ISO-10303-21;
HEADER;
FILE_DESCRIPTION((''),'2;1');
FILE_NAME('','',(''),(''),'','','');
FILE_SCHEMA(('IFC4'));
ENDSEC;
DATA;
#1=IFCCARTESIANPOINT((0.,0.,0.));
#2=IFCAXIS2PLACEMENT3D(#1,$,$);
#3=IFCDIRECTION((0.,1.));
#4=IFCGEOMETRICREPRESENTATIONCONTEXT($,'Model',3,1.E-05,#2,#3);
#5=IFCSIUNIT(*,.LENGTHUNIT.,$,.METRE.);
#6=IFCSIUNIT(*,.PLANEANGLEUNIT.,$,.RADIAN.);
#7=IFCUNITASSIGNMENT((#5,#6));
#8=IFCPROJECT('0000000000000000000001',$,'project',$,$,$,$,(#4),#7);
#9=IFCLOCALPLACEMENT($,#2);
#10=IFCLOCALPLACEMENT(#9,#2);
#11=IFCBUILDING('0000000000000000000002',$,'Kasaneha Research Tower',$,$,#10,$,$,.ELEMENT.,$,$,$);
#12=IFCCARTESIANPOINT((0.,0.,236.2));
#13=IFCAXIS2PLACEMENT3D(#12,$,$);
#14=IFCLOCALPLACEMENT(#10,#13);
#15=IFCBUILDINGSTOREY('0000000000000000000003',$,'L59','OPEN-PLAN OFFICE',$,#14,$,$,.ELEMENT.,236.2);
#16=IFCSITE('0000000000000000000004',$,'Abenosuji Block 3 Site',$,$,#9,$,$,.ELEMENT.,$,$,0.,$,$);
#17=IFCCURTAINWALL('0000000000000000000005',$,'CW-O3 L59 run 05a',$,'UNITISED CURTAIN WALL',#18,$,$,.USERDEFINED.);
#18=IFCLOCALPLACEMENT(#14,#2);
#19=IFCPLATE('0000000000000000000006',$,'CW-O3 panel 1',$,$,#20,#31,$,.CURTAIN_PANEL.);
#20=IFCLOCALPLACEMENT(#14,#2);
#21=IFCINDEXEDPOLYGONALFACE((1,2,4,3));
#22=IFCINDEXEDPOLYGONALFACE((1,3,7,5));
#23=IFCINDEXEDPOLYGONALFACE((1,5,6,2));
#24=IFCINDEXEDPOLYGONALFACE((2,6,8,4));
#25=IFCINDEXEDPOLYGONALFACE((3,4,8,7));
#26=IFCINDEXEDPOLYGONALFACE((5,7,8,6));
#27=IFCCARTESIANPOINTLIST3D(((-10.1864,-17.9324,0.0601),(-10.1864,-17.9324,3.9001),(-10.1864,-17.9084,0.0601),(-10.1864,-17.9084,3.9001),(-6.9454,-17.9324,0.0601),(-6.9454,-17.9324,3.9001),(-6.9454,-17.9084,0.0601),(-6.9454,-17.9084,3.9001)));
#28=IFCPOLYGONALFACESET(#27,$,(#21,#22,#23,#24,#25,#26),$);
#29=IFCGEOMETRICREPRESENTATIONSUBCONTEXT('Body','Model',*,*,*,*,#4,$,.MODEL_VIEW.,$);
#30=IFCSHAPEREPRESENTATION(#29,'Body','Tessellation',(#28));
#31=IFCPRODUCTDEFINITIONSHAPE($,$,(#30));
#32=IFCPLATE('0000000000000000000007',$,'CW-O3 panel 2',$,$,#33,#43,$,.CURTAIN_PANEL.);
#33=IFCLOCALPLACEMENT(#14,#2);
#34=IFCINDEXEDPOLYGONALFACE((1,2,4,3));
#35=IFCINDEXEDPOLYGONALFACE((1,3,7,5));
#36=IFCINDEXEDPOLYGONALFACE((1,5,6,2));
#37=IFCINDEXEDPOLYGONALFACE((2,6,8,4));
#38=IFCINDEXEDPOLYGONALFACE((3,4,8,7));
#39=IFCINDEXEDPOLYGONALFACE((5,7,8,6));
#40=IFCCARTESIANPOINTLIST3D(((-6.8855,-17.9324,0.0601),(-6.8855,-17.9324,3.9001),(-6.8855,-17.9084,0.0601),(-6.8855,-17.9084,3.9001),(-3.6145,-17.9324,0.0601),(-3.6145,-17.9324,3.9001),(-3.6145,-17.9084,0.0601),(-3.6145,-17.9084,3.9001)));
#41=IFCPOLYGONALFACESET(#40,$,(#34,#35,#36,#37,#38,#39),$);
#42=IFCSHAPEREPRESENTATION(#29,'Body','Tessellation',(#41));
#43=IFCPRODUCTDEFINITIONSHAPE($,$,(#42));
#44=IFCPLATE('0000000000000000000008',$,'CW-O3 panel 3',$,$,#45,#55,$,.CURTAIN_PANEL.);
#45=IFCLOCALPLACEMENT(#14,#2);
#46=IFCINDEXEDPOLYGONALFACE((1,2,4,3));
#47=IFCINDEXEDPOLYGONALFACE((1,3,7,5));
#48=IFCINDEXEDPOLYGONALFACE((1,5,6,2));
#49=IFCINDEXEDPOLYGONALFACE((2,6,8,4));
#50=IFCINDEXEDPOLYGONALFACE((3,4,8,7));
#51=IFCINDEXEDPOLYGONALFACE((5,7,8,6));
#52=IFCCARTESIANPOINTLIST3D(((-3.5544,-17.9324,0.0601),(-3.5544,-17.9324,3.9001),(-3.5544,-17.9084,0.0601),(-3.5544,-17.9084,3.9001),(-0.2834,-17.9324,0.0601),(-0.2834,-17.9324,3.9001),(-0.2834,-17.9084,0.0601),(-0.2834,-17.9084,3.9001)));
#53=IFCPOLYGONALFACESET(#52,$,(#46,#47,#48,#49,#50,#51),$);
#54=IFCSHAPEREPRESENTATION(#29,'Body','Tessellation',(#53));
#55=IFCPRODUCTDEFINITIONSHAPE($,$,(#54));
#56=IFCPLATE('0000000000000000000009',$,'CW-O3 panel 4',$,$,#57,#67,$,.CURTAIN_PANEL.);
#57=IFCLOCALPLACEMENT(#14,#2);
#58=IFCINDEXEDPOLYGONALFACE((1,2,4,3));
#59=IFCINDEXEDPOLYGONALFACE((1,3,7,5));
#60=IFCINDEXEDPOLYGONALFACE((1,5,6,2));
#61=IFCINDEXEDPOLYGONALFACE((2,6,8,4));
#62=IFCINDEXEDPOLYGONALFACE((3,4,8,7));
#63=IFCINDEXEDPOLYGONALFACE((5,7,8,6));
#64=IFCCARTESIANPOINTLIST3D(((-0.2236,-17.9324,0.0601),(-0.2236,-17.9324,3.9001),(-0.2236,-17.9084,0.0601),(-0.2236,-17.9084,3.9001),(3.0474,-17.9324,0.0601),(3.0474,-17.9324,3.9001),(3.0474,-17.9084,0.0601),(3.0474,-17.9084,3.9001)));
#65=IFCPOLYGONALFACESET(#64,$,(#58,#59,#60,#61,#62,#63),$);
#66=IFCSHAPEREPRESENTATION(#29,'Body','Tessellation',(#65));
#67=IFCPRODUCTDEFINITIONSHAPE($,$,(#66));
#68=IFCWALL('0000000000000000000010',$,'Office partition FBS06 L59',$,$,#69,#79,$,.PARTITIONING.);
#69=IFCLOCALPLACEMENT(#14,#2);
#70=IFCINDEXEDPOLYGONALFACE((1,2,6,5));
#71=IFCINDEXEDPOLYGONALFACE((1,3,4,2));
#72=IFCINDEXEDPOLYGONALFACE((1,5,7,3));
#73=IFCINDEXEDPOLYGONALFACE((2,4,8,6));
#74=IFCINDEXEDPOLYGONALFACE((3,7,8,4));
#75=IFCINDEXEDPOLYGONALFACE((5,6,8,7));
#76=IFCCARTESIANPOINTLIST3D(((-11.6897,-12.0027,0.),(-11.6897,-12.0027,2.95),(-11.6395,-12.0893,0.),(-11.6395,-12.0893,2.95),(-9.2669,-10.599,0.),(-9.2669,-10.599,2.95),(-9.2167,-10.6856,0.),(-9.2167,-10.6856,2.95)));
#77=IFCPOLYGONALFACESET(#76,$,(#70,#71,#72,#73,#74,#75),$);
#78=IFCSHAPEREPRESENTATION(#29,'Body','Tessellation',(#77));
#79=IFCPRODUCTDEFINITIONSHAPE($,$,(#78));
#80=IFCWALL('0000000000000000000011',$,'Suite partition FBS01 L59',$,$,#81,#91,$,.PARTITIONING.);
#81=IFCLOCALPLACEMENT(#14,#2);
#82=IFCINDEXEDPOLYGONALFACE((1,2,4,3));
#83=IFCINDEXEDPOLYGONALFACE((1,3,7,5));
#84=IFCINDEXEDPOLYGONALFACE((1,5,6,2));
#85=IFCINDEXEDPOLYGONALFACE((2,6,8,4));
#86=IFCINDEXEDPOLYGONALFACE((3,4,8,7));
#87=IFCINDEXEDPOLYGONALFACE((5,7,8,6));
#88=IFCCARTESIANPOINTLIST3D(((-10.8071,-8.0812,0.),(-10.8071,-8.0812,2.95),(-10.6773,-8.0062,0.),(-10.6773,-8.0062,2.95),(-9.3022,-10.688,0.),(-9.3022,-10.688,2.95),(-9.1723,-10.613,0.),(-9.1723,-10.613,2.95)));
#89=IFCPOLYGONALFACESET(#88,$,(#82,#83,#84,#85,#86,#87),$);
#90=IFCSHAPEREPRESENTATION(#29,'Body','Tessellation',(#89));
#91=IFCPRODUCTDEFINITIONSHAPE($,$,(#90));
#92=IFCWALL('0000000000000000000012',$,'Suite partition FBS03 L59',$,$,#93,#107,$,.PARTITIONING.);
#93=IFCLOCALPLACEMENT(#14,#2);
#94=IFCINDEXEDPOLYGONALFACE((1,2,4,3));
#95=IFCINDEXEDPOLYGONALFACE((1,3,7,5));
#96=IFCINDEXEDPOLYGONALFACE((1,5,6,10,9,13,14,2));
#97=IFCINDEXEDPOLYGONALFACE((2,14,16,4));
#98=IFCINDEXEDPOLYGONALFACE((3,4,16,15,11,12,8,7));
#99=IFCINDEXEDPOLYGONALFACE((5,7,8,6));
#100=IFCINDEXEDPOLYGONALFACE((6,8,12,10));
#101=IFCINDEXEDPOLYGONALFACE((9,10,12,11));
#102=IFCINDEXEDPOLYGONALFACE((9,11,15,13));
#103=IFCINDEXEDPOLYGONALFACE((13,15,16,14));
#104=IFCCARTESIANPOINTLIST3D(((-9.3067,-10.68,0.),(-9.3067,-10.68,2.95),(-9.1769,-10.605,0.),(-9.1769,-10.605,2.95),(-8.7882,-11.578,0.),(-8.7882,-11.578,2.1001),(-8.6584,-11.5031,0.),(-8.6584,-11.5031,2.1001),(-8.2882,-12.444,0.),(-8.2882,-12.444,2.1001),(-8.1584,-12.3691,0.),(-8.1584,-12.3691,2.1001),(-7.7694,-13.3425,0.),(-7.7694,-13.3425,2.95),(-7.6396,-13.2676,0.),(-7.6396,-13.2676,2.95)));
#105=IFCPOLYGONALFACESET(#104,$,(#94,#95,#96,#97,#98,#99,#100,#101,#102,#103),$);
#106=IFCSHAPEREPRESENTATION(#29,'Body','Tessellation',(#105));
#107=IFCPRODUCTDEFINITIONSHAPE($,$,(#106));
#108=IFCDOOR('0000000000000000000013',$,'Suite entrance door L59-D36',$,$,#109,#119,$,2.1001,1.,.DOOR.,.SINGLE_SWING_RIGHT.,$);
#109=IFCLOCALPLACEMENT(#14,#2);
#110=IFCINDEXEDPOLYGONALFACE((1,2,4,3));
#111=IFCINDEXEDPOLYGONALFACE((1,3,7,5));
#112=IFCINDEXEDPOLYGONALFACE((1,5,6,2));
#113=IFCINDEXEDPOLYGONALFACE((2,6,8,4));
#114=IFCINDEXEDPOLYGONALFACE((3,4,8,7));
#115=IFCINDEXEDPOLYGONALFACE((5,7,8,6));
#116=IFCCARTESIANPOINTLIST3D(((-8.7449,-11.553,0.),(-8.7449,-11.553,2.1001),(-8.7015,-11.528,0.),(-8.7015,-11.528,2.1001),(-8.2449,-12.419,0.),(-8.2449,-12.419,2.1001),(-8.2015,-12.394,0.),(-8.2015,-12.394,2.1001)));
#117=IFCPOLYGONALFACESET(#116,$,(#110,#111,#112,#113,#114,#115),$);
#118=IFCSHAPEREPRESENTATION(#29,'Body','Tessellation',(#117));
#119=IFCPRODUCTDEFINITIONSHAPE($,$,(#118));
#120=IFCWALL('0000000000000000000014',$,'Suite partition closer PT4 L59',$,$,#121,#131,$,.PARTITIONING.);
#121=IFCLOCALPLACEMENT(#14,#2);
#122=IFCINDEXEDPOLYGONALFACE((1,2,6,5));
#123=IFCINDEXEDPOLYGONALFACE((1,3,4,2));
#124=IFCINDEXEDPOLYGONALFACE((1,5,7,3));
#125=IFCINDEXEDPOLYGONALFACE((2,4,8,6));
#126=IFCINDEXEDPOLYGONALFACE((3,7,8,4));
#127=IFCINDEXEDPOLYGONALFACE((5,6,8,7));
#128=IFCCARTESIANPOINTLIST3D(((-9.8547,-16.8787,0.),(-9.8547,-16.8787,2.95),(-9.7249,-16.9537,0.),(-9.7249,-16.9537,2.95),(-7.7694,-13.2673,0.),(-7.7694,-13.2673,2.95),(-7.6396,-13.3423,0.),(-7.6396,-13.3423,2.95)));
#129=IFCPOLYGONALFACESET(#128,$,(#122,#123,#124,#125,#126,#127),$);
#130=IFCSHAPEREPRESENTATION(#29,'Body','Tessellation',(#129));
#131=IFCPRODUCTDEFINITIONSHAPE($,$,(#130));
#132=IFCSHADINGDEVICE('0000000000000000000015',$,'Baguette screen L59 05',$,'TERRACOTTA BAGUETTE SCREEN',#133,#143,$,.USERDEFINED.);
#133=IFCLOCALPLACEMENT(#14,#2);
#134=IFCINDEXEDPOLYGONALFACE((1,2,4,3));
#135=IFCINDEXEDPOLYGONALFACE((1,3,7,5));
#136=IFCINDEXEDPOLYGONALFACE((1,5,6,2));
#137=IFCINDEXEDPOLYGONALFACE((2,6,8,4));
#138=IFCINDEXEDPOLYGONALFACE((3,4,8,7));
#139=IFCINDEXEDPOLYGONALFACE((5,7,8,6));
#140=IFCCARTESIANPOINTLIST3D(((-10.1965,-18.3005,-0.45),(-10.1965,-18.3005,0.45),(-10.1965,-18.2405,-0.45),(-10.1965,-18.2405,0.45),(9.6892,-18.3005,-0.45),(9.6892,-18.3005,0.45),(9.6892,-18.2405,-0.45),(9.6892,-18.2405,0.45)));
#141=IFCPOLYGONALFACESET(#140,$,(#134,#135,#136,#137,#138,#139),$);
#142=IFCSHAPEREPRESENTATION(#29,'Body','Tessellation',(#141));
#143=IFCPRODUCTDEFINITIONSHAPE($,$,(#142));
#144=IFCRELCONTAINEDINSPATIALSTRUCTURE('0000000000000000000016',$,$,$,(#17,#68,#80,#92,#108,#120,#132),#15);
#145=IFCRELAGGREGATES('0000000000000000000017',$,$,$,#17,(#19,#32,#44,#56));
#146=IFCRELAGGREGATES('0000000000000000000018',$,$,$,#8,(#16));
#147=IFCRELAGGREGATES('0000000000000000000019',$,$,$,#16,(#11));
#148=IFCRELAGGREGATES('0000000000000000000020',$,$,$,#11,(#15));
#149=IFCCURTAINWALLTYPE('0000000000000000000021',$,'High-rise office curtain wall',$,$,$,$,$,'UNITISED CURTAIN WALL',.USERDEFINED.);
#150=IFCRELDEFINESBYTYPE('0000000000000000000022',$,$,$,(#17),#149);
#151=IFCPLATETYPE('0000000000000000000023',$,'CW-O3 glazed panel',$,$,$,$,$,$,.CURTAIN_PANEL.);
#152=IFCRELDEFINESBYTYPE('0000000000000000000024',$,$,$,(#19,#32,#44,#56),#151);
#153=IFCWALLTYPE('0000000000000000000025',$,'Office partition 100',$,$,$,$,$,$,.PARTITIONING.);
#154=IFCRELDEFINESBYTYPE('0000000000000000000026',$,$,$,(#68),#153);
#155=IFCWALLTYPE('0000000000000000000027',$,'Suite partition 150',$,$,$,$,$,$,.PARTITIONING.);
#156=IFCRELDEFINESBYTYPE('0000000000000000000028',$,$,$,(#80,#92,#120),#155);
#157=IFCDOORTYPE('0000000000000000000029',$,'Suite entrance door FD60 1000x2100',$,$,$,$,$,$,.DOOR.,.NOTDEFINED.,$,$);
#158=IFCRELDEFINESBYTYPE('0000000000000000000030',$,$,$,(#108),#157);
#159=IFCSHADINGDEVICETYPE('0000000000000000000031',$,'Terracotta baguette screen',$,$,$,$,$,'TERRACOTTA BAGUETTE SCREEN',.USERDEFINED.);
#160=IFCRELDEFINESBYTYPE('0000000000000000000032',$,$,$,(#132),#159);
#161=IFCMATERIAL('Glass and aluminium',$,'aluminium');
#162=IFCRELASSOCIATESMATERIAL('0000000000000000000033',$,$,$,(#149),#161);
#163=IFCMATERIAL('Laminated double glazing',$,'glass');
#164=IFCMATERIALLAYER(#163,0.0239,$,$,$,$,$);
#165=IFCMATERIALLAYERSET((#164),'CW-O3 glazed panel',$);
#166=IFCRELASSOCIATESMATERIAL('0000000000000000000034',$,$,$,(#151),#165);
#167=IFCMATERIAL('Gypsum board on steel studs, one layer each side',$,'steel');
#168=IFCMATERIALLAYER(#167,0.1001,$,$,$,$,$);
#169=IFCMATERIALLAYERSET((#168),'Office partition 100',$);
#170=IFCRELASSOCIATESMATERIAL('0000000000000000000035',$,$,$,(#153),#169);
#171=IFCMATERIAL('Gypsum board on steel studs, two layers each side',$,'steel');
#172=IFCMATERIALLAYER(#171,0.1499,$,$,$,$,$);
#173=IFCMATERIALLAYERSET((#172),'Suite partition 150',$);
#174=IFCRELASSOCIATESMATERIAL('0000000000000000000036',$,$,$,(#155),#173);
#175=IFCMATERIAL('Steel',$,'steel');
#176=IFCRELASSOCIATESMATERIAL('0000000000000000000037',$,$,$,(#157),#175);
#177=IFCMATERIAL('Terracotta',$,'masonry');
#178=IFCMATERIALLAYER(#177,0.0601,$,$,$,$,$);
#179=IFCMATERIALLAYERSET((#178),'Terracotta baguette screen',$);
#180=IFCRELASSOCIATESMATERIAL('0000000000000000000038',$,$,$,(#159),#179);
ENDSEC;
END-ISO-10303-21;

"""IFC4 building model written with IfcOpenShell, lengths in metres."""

from ifc_helpers import new_model, si_unit, direction, frame, frame_2d, origin, origin_2d, place, context, subcontext, project, spatial, rectangle, extrude, material, layer, layer_set, type_object, element, fill, aggregate, save


model = new_model("IFC4")

# Units and contexts
model_context = context("Model", 3, precision=1e-05, world=origin(), true_north=direction((0.0, 1.0)))
body_context = subcontext(model_context, "Body", "Model", "MODEL_VIEW")
ifc_project = project(units=[si_unit("LENGTHUNIT", "METRE"), si_unit("PLANEANGLEUNIT", "RADIAN")], contexts=[model_context])

# Site, building, storey
site_placement = place(None, origin())
site = spatial("IfcSite", under=ifc_project, at=site_placement, Name="Abenosuji Block 3 Site", CompositionType="ELEMENT", RefElevation=0.0)
building_placement = place(site_placement, origin())
building = spatial("IfcBuilding", under=site, at=building_placement, Name="Kasaneha Research Tower", CompositionType="ELEMENT")
storey_placement = place(building_placement, frame((0.0, 0.0, 236.2)))
storey = spatial("IfcBuildingStorey", under=building, at=storey_placement, Name="L59", Description="OPEN-PLAN OFFICE", CompositionType="ELEMENT", Elevation=236.2)

# Curtain wall
ifc_material_1 = material(Name="Glass and aluminium", Category="aluminium")
curtain_wall_type = type_object("IfcCurtainWallType", Name="High-rise office curtain wall", ElementType="UNITISED CURTAIN WALL", PredefinedType="USERDEFINED", material=ifc_material_1)
curtain_wall_placement = place(storey_placement, origin())
curtain_wall = element("IfcCurtainWall", 1, at=curtain_wall_placement, inside=storey, type_object=curtain_wall_type, Name="CW-O3 L59 run 05a", ObjectType="UNITISED CURTAIN WALL", PredefinedType="USERDEFINED")

# Plates
ifc_material_2 = material(Name="Laminated double glazing", Category="glass")
ifc_layer_1 = layer(ifc_material_2, 0.0239)
ifc_layer_set_1 = layer_set([ifc_layer_1], Name="CW-O3 glazed panel")
plate_type = type_object("IfcPlateType", Name="CW-O3 glazed panel", PredefinedType="CURTAIN_PANEL", material=ifc_layer_set_1)
plate_1_placement = place(storey_placement, frame((-8.5659, -17.9204, 0.0601), z_axis=(0.0, 0.0, 1.0), x_axis=(1.0, 0.0, 0.0)))
plate_1 = element("IfcPlate", 2, at=plate_1_placement, type_object=plate_type, Name="CW-O3 panel 1", PredefinedType="CURTAIN_PANEL", context=body_context, shape_type="SweptSolid", body=[
    extrude(rectangle(XDim=3.241, YDim=0.0239, at=origin_2d()), origin(), (0.0, 0.0, 1.0), 3.8401),
])
plate_2_placement = place(storey_placement, frame((-5.25, -17.9204, 0.0601), z_axis=(0.0, 0.0, 1.0), x_axis=(1.0, 0.0, 0.0)))
plate_2 = element("IfcPlate", 3, at=plate_2_placement, type_object=plate_type, Name="CW-O3 panel 2", PredefinedType="CURTAIN_PANEL", context=body_context, shape_type="SweptSolid", body=[
    extrude(rectangle(XDim=3.271, YDim=0.0239, at=origin_2d()), origin(), (0.0, 0.0, 1.0), 3.8401),
])
plate_3_placement = place(storey_placement, frame((-1.9189, -17.9204, 0.0601), z_axis=(0.0, 0.0, 1.0), x_axis=(1.0, 0.0, 0.0)))
plate_3 = element("IfcPlate", 4, at=plate_3_placement, type_object=plate_type, Name="CW-O3 panel 3", PredefinedType="CURTAIN_PANEL", context=body_context, shape_type="SweptSolid", body=[
    extrude(rectangle(XDim=3.271, YDim=0.0239, at=origin_2d()), origin(), (0.0, 0.0, 1.0), 3.8401),
])
plate_4_placement = place(storey_placement, frame((1.4119, -17.9204, 0.0601), z_axis=(0.0, 0.0, 1.0), x_axis=(1.0, 0.0, 0.0)))
plate_4 = element("IfcPlate", 5, at=plate_4_placement, type_object=plate_type, Name="CW-O3 panel 4", PredefinedType="CURTAIN_PANEL", context=body_context, shape_type="SweptSolid", body=[
    extrude(rectangle(XDim=3.271, YDim=0.0239, at=origin_2d()), origin(), (0.0, 0.0, 1.0), 3.8401),
])
aggregate(curtain_wall, [plate_1, plate_2, plate_3, plate_4])

# Walls
ifc_material_3 = material(Name="Gypsum board on steel studs, one layer each side", Category="steel")
ifc_layer_2 = layer(ifc_material_3, 0.1001)
ifc_layer_set_2 = layer_set([ifc_layer_2], Name="Office partition 100")
wall_type_1 = type_object("IfcWallType", Name="Office partition 100", PredefinedType="PARTITIONING", material=ifc_layer_set_2)
wall_1_placement = place(storey_placement, frame((-9.2419, -10.6423, 0.0), z_axis=(0.0, 0.0, 1.0), x_axis=(-0.865255, -0.501332, 0.0)))
element("IfcWall", 6, at=wall_1_placement, inside=storey, type_object=wall_type_1, Name="Office partition FBS06 L59", PredefinedType="PARTITIONING", context=body_context, shape_type="SweptSolid", body=[
    extrude(rectangle(XDim=2.8, YDim=0.1001, at=frame_2d((1.3999, 0.0))), origin(), (0.0, 0.0, 1.0), 2.95),
])
ifc_material_4 = material(Name="Gypsum board on steel studs, two layers each side", Category="steel")
ifc_layer_3 = layer(ifc_material_4, 0.1499)
ifc_layer_set_3 = layer_set([ifc_layer_3], Name="Suite partition 150")
wall_type_2 = type_object("IfcWallType", Name="Suite partition 150", PredefinedType="PARTITIONING", material=ifc_layer_set_3)
wall_2_placement = place(storey_placement, frame((-9.2373, -10.6504, 0.0), z_axis=(0.0, 0.0, 1.0), x_axis=(-0.499978, 0.866038, 0.0)))
element("IfcWall", 7, at=wall_2_placement, inside=storey, type_object=wall_type_2, Name="Suite partition FBS01 L59", PredefinedType="PARTITIONING", context=body_context, shape_type="SweptSolid", body=[
    extrude(rectangle(XDim=3.01, YDim=0.1499, at=frame_2d((1.5049, 0.0))), origin(), (0.0, 0.0, 1.0), 2.95),
])

# Wall, opening, door
wall_3_placement = place(storey_placement, frame((-7.7046, -13.3049, 0.0), z_axis=(0.0, 0.0, 1.0), x_axis=(-0.500025, 0.866011, 0.0)))
wall_3 = element("IfcWall", 8, at=wall_3_placement, inside=storey, type_object=wall_type_2, Name="Suite partition FBS03 L59", PredefinedType="PARTITIONING", context=body_context, shape_type="SweptSolid", body=[
    extrude(rectangle(XDim=3.0745, YDim=0.1499, at=frame_2d((1.5371, 0.0))), origin(), (0.0, 0.0, 1.0), 2.95),
])
opening_1_placement = place(wall_3_placement, frame((1.0374, 0.0, 0.0)))
opening_1 = element("IfcOpeningElement", 9, at=opening_1_placement, cuts=wall_3, PredefinedType="OPENING", context=body_context, shape_type="SweptSolid", body=[
    extrude(rectangle(XDim=1.0, YDim=2.1001, at=frame_2d((0.5, 1.05))), frame((0.0, 0.085, 0.0), z_axis=(0.0, -1.0, 0.0), x_axis=(1.0, 0.0, 0.0)), (0.0, 0.0, 1.0), 0.1699),
])
ifc_material_5 = material(Name="Steel", Category="steel")
door_type_1 = type_object("IfcDoorType", Name="Suite entrance door FD60 1000x2100", OperationType="NOTDEFINED", PredefinedType="DOOR", material=ifc_material_5)
door_1_placement = place(opening_1_placement, origin())
door_1 = element("IfcDoor", 10, at=door_1_placement, inside=storey, type_object=door_type_1, Name="Suite entrance door L59-D36", OperationType="SINGLE_SWING_RIGHT", OverallHeight=2.1001, OverallWidth=1.0, PredefinedType="DOOR", context=body_context, shape_type="SweptSolid", body=[
    extrude(rectangle(XDim=1.0, YDim=2.1001, at=frame_2d((0.5, 1.05))), frame((0.0, 0.0249, 0.0), z_axis=(0.0, -1.0, 0.0), x_axis=(1.0, 0.0, 0.0)), (0.0, 0.0, 1.0), 0.05),
])
fill(opening_1, door_1)

# Wall
wall_4_placement = place(storey_placement, frame((-7.7046, -13.3049, 0.0), z_axis=(0.0, 0.0, 1.0), x_axis=(-0.500037, -0.866004, 0.0)))
element("IfcWall", 11, at=wall_4_placement, inside=storey, type_object=wall_type_2, Name="Suite partition closer PT4 L59", PredefinedType="PARTITIONING", context=body_context, shape_type="SweptSolid", body=[
    extrude(rectangle(XDim=4.1702, YDim=0.1499, at=frame_2d((2.085, 0.0))), origin(), (0.0, 0.0, 1.0), 2.95),
])

# Shading device
ifc_material_6 = material(Name="Terracotta", Category="masonry")
ifc_layer_4 = layer(ifc_material_6, 0.0601)
ifc_layer_set_4 = layer_set([ifc_layer_4], Name="Terracotta baguette screen")
shading_device_type = type_object("IfcShadingDeviceType", Name="Terracotta baguette screen", ElementType="TERRACOTTA BAGUETTE SCREEN", PredefinedType="USERDEFINED", material=ifc_layer_set_4)
shading_device_placement = place(storey_placement, frame((-0.2537, -18.2705, -0.45), z_axis=(0.0, 0.0, 1.0), x_axis=(1.0, 0.0, 0.0)))
element("IfcShadingDevice", 12, at=shading_device_placement, inside=storey, type_object=shading_device_type, Name="Baguette screen L59 05", ObjectType="TERRACOTTA BAGUETTE SCREEN", PredefinedType="USERDEFINED", context=body_context, shape_type="SweptSolid", body=[
    extrude(rectangle(XDim=19.8857, YDim=0.0601, at=origin_2d()), origin(), (0.0, 0.0, 1.0), 0.8999),
])

save(model, "model.ifc")
